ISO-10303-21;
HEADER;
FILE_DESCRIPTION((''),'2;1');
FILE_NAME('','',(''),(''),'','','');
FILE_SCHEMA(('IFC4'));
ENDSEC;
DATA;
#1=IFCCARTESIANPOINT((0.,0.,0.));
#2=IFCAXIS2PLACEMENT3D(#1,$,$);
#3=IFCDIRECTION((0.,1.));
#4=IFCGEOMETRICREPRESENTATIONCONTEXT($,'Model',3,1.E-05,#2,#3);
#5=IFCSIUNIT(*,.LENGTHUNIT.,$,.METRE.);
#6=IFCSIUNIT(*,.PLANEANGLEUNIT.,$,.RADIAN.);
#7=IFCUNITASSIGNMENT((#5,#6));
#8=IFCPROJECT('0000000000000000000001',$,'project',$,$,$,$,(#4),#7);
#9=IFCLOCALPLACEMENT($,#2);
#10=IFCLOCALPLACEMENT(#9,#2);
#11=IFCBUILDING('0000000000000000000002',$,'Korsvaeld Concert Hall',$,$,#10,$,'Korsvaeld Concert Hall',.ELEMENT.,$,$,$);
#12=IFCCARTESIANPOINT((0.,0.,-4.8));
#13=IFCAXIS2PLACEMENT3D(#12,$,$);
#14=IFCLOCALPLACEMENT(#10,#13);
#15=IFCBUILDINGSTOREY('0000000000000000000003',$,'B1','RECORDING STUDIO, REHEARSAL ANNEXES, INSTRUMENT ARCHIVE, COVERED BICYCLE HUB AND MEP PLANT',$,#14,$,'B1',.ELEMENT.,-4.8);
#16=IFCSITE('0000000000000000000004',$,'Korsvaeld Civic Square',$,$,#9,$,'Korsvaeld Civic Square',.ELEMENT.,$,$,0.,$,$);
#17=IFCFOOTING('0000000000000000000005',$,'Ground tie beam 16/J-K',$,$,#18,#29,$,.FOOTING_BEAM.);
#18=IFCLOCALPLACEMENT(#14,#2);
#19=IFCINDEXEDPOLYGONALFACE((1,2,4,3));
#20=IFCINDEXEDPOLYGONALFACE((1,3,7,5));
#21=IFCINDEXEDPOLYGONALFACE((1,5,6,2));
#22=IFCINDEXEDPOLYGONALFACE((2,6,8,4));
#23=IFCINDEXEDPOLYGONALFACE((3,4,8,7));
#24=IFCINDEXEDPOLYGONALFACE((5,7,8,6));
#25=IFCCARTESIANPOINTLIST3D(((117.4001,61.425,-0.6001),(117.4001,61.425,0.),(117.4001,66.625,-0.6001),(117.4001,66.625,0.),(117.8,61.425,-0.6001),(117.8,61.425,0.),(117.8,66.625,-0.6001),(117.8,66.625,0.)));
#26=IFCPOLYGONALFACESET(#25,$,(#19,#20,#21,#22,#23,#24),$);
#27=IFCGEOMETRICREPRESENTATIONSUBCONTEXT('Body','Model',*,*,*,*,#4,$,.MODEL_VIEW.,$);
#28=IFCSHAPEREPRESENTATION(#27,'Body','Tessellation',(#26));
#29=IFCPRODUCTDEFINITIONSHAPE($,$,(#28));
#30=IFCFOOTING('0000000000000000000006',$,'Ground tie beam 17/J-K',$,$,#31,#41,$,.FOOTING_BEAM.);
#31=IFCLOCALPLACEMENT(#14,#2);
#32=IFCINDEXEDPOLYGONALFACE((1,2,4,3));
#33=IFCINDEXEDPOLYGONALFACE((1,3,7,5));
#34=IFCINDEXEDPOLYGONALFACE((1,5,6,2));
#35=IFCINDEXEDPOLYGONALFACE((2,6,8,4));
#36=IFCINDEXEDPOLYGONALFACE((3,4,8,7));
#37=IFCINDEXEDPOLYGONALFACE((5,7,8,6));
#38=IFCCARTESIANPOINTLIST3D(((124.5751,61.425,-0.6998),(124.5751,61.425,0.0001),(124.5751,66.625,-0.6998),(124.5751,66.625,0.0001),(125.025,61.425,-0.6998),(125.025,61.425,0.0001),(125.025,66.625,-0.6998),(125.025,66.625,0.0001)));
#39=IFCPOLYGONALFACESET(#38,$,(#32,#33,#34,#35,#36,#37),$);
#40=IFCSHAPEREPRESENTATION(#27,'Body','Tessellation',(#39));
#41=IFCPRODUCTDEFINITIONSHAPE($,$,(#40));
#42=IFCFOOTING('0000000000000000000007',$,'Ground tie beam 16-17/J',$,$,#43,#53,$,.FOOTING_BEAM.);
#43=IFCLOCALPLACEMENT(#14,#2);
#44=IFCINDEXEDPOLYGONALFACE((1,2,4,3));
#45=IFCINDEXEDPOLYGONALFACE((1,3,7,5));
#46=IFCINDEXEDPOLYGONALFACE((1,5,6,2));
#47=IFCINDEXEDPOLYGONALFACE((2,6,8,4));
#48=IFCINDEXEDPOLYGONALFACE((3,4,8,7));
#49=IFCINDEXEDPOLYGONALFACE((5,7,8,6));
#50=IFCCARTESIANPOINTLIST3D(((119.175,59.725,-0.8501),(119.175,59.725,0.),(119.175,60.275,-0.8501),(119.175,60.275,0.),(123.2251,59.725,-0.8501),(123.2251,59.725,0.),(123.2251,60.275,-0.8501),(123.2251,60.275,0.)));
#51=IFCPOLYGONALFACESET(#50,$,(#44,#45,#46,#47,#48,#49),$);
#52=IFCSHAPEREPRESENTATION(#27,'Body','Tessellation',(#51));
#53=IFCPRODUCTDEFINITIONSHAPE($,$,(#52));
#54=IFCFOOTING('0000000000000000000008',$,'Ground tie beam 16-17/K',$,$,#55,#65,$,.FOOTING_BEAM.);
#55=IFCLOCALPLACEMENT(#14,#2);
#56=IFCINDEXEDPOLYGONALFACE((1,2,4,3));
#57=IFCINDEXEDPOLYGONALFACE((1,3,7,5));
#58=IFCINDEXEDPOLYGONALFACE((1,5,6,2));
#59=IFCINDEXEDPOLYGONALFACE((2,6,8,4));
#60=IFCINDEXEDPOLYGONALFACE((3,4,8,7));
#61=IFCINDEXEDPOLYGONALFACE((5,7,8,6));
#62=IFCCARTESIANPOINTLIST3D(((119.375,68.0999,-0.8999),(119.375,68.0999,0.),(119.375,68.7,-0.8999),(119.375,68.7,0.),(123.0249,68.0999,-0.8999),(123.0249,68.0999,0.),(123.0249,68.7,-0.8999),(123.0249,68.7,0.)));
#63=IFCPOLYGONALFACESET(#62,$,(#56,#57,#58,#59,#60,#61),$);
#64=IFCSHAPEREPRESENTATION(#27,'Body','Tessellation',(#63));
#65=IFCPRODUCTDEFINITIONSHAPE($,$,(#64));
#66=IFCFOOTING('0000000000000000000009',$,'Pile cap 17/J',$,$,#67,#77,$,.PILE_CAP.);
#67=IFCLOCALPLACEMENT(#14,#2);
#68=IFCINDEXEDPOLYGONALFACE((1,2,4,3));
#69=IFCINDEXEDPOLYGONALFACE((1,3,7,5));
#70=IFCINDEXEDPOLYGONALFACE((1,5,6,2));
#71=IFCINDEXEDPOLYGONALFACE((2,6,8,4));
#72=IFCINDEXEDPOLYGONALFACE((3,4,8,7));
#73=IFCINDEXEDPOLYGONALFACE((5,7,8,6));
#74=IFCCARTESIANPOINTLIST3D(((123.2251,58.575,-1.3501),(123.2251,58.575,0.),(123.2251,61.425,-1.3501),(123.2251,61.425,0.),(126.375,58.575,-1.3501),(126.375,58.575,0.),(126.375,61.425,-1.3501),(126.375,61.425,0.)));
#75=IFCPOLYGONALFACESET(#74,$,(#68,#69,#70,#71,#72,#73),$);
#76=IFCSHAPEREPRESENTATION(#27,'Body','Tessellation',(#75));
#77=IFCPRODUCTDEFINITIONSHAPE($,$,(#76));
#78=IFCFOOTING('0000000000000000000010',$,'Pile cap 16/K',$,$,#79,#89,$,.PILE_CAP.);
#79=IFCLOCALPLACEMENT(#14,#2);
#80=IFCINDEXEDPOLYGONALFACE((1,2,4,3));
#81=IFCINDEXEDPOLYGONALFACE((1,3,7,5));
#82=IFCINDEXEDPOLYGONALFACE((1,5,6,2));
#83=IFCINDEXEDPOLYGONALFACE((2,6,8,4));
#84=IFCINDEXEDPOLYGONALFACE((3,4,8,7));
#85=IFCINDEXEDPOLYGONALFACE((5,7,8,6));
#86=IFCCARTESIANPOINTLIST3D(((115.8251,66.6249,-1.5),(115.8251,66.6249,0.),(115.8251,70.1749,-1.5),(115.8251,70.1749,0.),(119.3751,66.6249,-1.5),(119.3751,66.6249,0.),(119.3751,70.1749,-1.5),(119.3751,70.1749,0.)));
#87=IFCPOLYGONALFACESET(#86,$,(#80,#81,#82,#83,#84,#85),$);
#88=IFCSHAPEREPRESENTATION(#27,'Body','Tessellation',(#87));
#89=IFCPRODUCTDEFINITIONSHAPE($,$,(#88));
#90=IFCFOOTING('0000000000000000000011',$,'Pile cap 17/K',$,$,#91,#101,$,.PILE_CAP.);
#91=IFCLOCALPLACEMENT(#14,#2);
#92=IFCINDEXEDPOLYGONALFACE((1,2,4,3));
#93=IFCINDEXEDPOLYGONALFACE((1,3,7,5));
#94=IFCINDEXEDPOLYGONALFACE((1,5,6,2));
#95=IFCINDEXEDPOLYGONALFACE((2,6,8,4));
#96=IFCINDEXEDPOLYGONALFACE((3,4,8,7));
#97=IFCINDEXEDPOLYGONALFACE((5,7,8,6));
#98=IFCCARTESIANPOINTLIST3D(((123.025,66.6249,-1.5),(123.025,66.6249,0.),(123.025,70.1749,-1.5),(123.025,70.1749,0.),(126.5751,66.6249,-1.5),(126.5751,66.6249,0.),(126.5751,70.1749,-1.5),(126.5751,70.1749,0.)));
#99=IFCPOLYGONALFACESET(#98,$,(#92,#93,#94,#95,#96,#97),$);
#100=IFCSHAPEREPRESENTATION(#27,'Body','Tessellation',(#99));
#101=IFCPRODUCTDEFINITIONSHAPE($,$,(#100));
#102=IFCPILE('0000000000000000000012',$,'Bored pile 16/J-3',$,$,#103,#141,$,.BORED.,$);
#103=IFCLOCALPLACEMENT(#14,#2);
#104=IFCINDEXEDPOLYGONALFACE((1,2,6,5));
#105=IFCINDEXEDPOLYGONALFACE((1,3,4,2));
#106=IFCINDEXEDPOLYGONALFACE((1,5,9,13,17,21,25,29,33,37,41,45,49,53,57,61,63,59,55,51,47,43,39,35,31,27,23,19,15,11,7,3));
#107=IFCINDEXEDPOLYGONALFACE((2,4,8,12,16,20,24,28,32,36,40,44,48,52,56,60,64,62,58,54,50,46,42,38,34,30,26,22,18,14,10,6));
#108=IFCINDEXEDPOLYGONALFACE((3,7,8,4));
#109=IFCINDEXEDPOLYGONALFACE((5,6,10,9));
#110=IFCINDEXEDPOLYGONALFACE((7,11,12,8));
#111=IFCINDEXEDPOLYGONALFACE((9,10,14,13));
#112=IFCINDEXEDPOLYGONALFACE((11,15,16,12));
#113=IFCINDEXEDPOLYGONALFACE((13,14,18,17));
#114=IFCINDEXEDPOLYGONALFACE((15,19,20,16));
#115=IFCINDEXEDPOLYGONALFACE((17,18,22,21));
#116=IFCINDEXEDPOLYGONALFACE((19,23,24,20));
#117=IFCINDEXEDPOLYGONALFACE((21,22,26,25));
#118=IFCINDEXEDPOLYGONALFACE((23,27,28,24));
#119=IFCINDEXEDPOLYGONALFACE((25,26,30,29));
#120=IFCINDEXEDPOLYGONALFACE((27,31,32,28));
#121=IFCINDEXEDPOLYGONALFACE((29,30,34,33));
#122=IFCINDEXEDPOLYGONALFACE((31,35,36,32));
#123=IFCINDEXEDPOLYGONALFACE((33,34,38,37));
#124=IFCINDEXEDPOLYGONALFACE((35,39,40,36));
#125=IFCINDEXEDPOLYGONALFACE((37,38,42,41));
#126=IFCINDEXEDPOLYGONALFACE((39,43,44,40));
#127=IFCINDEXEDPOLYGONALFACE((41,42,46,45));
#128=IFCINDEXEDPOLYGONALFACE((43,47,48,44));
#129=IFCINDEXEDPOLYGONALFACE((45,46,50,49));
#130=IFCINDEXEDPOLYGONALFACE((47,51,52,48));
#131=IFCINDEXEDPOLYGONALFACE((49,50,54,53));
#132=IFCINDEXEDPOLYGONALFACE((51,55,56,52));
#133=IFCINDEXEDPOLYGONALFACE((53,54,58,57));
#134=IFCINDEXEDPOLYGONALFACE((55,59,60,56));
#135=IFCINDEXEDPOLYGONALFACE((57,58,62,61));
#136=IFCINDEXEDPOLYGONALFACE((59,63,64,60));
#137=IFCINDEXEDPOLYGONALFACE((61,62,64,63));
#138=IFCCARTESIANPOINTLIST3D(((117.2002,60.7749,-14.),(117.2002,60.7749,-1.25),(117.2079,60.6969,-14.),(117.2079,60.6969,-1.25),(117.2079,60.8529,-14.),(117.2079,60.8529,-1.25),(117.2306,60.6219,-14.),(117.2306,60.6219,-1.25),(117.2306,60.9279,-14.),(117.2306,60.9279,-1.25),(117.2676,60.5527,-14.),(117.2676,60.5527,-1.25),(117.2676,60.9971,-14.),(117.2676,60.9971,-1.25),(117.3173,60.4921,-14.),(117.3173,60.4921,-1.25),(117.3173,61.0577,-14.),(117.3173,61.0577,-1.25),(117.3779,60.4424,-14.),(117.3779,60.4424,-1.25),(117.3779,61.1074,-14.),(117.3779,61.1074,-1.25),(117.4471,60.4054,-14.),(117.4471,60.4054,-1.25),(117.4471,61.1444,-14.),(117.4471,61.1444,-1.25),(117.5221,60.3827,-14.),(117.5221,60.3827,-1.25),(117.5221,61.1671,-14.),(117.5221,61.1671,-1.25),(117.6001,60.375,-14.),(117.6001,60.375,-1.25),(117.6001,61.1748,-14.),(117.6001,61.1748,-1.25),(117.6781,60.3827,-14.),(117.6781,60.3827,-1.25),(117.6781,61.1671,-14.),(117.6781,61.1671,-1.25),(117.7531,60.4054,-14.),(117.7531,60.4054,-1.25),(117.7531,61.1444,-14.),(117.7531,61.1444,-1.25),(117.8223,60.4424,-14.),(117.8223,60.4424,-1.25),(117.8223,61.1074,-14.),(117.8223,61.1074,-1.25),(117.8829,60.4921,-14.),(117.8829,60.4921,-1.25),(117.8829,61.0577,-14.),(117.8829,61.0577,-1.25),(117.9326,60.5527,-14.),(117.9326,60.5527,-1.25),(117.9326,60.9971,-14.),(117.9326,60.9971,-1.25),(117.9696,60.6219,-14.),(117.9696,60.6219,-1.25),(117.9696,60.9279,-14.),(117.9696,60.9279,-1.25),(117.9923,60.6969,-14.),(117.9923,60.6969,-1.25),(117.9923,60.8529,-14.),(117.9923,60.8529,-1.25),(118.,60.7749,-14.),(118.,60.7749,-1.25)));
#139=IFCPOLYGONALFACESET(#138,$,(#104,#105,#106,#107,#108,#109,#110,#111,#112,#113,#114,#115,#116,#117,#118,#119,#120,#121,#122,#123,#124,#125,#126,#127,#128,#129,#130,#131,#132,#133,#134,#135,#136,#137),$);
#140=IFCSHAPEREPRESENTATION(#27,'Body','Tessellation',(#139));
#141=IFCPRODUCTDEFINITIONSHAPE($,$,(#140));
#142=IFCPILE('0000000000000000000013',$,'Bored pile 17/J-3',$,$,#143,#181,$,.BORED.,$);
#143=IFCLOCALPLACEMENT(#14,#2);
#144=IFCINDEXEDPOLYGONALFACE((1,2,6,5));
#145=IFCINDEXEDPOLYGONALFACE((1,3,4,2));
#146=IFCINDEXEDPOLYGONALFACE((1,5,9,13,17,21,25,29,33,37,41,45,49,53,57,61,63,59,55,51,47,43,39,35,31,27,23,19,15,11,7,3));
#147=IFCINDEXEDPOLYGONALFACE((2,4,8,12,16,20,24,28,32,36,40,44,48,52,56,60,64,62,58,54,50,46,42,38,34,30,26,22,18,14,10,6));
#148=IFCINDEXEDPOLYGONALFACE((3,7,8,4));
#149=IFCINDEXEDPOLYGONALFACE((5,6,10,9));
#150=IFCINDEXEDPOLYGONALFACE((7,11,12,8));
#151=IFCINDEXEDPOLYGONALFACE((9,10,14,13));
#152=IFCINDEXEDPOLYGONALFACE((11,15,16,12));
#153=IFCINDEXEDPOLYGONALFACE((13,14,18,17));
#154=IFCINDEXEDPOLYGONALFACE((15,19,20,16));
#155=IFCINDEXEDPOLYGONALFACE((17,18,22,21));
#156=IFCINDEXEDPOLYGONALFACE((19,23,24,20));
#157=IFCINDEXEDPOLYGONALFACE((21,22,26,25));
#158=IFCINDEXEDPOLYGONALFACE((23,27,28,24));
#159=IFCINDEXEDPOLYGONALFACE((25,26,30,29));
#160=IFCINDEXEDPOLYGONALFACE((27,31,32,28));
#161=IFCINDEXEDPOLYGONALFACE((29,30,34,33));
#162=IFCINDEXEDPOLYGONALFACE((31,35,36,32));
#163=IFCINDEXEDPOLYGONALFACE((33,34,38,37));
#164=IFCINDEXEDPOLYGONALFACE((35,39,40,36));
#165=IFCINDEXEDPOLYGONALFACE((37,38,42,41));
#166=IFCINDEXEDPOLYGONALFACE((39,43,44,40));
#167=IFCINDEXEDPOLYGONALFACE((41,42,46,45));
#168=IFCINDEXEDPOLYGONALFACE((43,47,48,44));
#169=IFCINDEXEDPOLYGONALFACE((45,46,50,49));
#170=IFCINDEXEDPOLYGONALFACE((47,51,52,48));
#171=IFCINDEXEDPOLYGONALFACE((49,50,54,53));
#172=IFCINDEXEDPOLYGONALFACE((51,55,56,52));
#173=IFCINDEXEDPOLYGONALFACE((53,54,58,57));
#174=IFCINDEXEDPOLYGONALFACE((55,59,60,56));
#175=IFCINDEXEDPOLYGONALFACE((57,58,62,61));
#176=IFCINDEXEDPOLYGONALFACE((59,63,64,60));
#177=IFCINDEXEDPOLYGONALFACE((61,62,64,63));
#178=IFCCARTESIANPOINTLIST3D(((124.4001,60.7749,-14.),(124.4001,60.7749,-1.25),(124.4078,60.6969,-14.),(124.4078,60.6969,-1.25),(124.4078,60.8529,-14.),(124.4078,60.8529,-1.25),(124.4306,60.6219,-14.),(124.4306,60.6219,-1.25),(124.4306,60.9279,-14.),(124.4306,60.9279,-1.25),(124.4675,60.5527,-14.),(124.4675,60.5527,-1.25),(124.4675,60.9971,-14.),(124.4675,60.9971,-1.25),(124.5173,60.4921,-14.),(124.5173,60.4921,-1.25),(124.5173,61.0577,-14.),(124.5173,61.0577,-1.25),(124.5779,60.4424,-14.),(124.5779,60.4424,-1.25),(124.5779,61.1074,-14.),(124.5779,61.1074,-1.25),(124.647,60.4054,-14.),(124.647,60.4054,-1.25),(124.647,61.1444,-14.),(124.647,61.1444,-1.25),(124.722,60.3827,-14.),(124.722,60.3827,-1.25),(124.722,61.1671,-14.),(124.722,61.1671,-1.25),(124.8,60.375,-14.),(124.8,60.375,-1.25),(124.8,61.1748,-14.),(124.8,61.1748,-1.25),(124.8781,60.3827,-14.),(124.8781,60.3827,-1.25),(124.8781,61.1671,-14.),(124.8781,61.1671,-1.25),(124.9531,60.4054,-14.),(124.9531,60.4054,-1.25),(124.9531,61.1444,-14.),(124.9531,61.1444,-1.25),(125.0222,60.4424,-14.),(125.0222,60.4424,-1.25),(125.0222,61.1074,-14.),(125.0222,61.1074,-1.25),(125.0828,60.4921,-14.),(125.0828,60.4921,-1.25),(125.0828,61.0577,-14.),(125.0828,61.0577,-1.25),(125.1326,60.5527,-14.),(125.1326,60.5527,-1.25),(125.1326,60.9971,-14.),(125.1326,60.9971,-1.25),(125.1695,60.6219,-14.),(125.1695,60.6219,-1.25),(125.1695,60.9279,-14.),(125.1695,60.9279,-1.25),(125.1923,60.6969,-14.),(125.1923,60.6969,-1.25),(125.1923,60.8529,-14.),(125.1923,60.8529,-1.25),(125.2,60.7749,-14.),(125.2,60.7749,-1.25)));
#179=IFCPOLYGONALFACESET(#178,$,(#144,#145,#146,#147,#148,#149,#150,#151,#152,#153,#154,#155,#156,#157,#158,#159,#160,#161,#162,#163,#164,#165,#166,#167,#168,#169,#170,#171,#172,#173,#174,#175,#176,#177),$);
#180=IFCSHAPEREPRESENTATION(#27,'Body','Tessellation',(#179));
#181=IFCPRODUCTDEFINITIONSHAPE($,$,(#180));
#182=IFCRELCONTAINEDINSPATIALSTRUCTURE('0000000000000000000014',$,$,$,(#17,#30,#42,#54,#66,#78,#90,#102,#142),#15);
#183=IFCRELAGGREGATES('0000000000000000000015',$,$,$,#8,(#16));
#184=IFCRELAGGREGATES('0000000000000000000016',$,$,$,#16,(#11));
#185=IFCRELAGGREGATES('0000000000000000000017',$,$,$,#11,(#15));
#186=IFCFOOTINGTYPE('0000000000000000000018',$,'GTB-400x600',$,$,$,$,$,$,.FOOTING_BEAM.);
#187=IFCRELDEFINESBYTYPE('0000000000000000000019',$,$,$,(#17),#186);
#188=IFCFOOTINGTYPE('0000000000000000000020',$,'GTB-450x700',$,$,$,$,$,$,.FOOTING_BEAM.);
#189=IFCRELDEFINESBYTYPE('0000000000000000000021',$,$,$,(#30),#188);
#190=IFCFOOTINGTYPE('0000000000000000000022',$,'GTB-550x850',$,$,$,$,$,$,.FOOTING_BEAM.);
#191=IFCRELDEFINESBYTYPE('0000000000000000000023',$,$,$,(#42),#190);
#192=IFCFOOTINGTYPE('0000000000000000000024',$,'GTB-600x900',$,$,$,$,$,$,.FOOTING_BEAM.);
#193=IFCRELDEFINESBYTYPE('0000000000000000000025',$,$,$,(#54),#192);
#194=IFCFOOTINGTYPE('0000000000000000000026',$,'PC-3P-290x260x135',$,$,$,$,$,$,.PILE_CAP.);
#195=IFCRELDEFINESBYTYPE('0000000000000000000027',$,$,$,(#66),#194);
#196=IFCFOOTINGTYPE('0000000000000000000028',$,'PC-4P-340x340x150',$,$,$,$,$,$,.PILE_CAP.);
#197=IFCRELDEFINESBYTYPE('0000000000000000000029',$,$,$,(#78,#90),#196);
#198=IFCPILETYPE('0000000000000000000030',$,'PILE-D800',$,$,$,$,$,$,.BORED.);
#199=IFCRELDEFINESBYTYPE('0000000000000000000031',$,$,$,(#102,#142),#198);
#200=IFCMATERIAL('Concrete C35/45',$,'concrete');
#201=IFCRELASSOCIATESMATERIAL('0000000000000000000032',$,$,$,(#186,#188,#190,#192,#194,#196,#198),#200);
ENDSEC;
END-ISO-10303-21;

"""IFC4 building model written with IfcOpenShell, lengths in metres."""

from ifc_helpers import new_model, si_unit, direction, frame, origin, origin_2d, place, context, subcontext, project, spatial, rectangle, circle, extrude, material, material_profile, profile_set, type_object, element, save


model = new_model("IFC4")

# Units and contexts
model_context = context("Model", 3, precision=1e-05, world=origin(), true_north=direction((0.0, 1.0)))
body_context = subcontext(model_context, "Body", "Model", "MODEL_VIEW")
ifc_project = project(units=[si_unit("LENGTHUNIT", "METRE"), si_unit("PLANEANGLEUNIT", "RADIAN")], contexts=[model_context])

# Site, building, storey
site_placement = place(None, origin())
site = spatial("IfcSite", under=ifc_project, at=site_placement, Name="Korsvaeld Civic Square", LongName="Korsvaeld Civic Square", CompositionType="ELEMENT", RefElevation=0.0)
building_placement = place(site_placement, origin())
building = spatial("IfcBuilding", under=site, at=building_placement, Name="Korsvaeld Concert Hall", LongName="Korsvaeld Concert Hall", CompositionType="ELEMENT")
storey_placement = place(building_placement, frame((0.0, 0.0, -4.8)))
storey = spatial("IfcBuildingStorey", under=building, at=storey_placement, Name="B1", Description="RECORDING STUDIO, REHEARSAL ANNEXES, INSTRUMENT ARCHIVE, COVERED BICYCLE HUB AND MEP PLANT", LongName="B1", CompositionType="ELEMENT", Elevation=-4.8)

# Footings
ifc_material_1 = material(Name="Concrete C35/45", Category="concrete")
ifc_material_profile_1 = material_profile(ifc_material_1, rectangle(XDim=0.3999, YDim=0.6001, at=origin_2d()), Name="GTB 400x600")
ifc_profile_set_1 = profile_set([ifc_material_profile_1], Name="Concrete C35/45")
footing_type_1 = type_object("IfcFootingType", Name="GTB-400x600", PredefinedType="FOOTING_BEAM", material=ifc_profile_set_1)
footing_1_placement = place(storey_placement, frame((117.6001, 61.425, -0.3), z_axis=(0.0, 1.0, 0.0), x_axis=(-1.0, 0.0, 0.0)))
element("IfcFooting", 1, at=footing_1_placement, inside=storey, type_object=footing_type_1, Name="Ground tie beam 16/J-K", PredefinedType="FOOTING_BEAM", context=body_context, shape_type="SweptSolid", body=[
    extrude(rectangle(XDim=0.3999, YDim=0.6001, at=origin_2d()), origin(), (0.0, 0.0, 1.0), 5.2),
])
ifc_material_profile_2 = material_profile(ifc_material_1, rectangle(XDim=0.45, YDim=0.7, at=origin_2d()), Name="GTB 450x700")
ifc_profile_set_2 = profile_set([ifc_material_profile_2], Name="Concrete C35/45")
footing_type_2 = type_object("IfcFootingType", Name="GTB-450x700", PredefinedType="FOOTING_BEAM", material=ifc_profile_set_2)
footing_2_placement = place(storey_placement, frame((124.8, 61.425, -0.3499), z_axis=(0.0, 1.0, 0.0), x_axis=(-1.0, 0.0, 0.0)))
element("IfcFooting", 2, at=footing_2_placement, inside=storey, type_object=footing_type_2, Name="Ground tie beam 17/J-K", PredefinedType="FOOTING_BEAM", context=body_context, shape_type="SweptSolid", body=[
    extrude(rectangle(XDim=0.45, YDim=0.7, at=origin_2d()), origin(), (0.0, 0.0, 1.0), 5.2),
])
ifc_material_profile_3 = material_profile(ifc_material_1, rectangle(XDim=0.55, YDim=0.8501, at=origin_2d()), Name="GTB 550x850")
ifc_profile_set_3 = profile_set([ifc_material_profile_3], Name="Concrete C35/45")
footing_type_3 = type_object("IfcFootingType", Name="GTB-550x850", PredefinedType="FOOTING_BEAM", material=ifc_profile_set_3)
footing_3_placement = place(storey_placement, frame((119.175, 60.0, -0.425), z_axis=(1.0, 0.0, 0.0), x_axis=(0.0, 1.0, 0.0)))
element("IfcFooting", 3, at=footing_3_placement, inside=storey, type_object=footing_type_3, Name="Ground tie beam 16-17/J", PredefinedType="FOOTING_BEAM", context=body_context, shape_type="SweptSolid", body=[
    extrude(rectangle(XDim=0.55, YDim=0.8501, at=origin_2d()), origin(), (0.0, 0.0, 1.0), 4.05),
])
ifc_material_profile_4 = material_profile(ifc_material_1, rectangle(XDim=0.6001, YDim=0.8999, at=origin_2d()), Name="GTB 600x900")
ifc_profile_set_4 = profile_set([ifc_material_profile_4], Name="Concrete C35/45")
footing_type_4 = type_object("IfcFootingType", Name="GTB-600x900", PredefinedType="FOOTING_BEAM", material=ifc_profile_set_4)
footing_4_placement = place(storey_placement, frame((119.375, 68.3999, -0.45), z_axis=(1.0, 0.0, 0.0), x_axis=(0.0, 1.0, 0.0)))
element("IfcFooting", 4, at=footing_4_placement, inside=storey, type_object=footing_type_4, Name="Ground tie beam 16-17/K", PredefinedType="FOOTING_BEAM", context=body_context, shape_type="SweptSolid", body=[
    extrude(rectangle(XDim=0.6001, YDim=0.8999, at=origin_2d()), origin(), (0.0, 0.0, 1.0), 3.6499),
])
footing_type_5 = type_object("IfcFootingType", Name="PC-3P-290x260x135", PredefinedType="PILE_CAP", material=ifc_material_1)
footing_5_placement = place(storey_placement, frame((124.8, 60.0, -1.3501), z_axis=(0.0, 0.0, 1.0), x_axis=(1.0, 0.0, 0.0)))
element("IfcFooting", 5, at=footing_5_placement, inside=storey, type_object=footing_type_5, Name="Pile cap 17/J", PredefinedType="PILE_CAP", context=body_context, shape_type="SweptSolid", body=[
    extrude(rectangle(XDim=3.1499, YDim=2.8501, at=origin_2d()), origin(), (0.0, 0.0, 1.0), 1.3501),
])
footing_type_6 = type_object("IfcFootingType", Name="PC-4P-340x340x150", PredefinedType="PILE_CAP", material=ifc_material_1)
for number, where, z_axis, x_axis, name in (
    (6, (117.6001, 68.3999, -1.5), (0.0, 0.0, 1.0), (1.0, 0.0, 0.0), "Pile cap 16/K"),
    (7, (124.8, 68.3999, -1.5), (0.0, 0.0, 1.0), (1.0, 0.0, 0.0), "Pile cap 17/K"),
):
    element("IfcFooting", number, at=place(storey_placement, frame(where, z_axis=z_axis, x_axis=x_axis)), inside=storey, type_object=footing_type_6, Name=name, PredefinedType="PILE_CAP", context=body_context, shape_type="SweptSolid", body=[
        extrude(rectangle(XDim=3.55, YDim=3.55, at=origin_2d()), origin(), (0.0, 0.0, 1.0), 1.5),
    ])

# Piles
ifc_material_profile_5 = material_profile(ifc_material_1, circle(Radius=0.3999, at=origin_2d()), Name="BORED PILE D800")
ifc_profile_set_5 = profile_set([ifc_material_profile_5], Name="Concrete C35/45")
pile_type_1 = type_object("IfcPileType", Name="PILE-D800", PredefinedType="BORED", material=ifc_profile_set_5)
for number, where, z_axis, x_axis, name in (
    (8, (117.6001, 60.7749, -1.25), (0.0, 0.0, -1.0), (1.0, 0.0, 0.0), "Bored pile 16/J-3"),
    (9, (124.8, 60.7749, -1.25), (0.0, 0.0, -1.0), (1.0, 0.0, 0.0), "Bored pile 17/J-3"),
):
    element("IfcPile", number, at=place(storey_placement, frame(where, z_axis=z_axis, x_axis=x_axis)), inside=storey, type_object=pile_type_1, Name=name, PredefinedType="BORED", context=body_context, shape_type="SweptSolid", body=[
        extrude(circle(Radius=0.3999, at=origin_2d()), origin(), (0.0, 0.0, 1.0), 12.75),
    ])

save(model, "model.ifc")
